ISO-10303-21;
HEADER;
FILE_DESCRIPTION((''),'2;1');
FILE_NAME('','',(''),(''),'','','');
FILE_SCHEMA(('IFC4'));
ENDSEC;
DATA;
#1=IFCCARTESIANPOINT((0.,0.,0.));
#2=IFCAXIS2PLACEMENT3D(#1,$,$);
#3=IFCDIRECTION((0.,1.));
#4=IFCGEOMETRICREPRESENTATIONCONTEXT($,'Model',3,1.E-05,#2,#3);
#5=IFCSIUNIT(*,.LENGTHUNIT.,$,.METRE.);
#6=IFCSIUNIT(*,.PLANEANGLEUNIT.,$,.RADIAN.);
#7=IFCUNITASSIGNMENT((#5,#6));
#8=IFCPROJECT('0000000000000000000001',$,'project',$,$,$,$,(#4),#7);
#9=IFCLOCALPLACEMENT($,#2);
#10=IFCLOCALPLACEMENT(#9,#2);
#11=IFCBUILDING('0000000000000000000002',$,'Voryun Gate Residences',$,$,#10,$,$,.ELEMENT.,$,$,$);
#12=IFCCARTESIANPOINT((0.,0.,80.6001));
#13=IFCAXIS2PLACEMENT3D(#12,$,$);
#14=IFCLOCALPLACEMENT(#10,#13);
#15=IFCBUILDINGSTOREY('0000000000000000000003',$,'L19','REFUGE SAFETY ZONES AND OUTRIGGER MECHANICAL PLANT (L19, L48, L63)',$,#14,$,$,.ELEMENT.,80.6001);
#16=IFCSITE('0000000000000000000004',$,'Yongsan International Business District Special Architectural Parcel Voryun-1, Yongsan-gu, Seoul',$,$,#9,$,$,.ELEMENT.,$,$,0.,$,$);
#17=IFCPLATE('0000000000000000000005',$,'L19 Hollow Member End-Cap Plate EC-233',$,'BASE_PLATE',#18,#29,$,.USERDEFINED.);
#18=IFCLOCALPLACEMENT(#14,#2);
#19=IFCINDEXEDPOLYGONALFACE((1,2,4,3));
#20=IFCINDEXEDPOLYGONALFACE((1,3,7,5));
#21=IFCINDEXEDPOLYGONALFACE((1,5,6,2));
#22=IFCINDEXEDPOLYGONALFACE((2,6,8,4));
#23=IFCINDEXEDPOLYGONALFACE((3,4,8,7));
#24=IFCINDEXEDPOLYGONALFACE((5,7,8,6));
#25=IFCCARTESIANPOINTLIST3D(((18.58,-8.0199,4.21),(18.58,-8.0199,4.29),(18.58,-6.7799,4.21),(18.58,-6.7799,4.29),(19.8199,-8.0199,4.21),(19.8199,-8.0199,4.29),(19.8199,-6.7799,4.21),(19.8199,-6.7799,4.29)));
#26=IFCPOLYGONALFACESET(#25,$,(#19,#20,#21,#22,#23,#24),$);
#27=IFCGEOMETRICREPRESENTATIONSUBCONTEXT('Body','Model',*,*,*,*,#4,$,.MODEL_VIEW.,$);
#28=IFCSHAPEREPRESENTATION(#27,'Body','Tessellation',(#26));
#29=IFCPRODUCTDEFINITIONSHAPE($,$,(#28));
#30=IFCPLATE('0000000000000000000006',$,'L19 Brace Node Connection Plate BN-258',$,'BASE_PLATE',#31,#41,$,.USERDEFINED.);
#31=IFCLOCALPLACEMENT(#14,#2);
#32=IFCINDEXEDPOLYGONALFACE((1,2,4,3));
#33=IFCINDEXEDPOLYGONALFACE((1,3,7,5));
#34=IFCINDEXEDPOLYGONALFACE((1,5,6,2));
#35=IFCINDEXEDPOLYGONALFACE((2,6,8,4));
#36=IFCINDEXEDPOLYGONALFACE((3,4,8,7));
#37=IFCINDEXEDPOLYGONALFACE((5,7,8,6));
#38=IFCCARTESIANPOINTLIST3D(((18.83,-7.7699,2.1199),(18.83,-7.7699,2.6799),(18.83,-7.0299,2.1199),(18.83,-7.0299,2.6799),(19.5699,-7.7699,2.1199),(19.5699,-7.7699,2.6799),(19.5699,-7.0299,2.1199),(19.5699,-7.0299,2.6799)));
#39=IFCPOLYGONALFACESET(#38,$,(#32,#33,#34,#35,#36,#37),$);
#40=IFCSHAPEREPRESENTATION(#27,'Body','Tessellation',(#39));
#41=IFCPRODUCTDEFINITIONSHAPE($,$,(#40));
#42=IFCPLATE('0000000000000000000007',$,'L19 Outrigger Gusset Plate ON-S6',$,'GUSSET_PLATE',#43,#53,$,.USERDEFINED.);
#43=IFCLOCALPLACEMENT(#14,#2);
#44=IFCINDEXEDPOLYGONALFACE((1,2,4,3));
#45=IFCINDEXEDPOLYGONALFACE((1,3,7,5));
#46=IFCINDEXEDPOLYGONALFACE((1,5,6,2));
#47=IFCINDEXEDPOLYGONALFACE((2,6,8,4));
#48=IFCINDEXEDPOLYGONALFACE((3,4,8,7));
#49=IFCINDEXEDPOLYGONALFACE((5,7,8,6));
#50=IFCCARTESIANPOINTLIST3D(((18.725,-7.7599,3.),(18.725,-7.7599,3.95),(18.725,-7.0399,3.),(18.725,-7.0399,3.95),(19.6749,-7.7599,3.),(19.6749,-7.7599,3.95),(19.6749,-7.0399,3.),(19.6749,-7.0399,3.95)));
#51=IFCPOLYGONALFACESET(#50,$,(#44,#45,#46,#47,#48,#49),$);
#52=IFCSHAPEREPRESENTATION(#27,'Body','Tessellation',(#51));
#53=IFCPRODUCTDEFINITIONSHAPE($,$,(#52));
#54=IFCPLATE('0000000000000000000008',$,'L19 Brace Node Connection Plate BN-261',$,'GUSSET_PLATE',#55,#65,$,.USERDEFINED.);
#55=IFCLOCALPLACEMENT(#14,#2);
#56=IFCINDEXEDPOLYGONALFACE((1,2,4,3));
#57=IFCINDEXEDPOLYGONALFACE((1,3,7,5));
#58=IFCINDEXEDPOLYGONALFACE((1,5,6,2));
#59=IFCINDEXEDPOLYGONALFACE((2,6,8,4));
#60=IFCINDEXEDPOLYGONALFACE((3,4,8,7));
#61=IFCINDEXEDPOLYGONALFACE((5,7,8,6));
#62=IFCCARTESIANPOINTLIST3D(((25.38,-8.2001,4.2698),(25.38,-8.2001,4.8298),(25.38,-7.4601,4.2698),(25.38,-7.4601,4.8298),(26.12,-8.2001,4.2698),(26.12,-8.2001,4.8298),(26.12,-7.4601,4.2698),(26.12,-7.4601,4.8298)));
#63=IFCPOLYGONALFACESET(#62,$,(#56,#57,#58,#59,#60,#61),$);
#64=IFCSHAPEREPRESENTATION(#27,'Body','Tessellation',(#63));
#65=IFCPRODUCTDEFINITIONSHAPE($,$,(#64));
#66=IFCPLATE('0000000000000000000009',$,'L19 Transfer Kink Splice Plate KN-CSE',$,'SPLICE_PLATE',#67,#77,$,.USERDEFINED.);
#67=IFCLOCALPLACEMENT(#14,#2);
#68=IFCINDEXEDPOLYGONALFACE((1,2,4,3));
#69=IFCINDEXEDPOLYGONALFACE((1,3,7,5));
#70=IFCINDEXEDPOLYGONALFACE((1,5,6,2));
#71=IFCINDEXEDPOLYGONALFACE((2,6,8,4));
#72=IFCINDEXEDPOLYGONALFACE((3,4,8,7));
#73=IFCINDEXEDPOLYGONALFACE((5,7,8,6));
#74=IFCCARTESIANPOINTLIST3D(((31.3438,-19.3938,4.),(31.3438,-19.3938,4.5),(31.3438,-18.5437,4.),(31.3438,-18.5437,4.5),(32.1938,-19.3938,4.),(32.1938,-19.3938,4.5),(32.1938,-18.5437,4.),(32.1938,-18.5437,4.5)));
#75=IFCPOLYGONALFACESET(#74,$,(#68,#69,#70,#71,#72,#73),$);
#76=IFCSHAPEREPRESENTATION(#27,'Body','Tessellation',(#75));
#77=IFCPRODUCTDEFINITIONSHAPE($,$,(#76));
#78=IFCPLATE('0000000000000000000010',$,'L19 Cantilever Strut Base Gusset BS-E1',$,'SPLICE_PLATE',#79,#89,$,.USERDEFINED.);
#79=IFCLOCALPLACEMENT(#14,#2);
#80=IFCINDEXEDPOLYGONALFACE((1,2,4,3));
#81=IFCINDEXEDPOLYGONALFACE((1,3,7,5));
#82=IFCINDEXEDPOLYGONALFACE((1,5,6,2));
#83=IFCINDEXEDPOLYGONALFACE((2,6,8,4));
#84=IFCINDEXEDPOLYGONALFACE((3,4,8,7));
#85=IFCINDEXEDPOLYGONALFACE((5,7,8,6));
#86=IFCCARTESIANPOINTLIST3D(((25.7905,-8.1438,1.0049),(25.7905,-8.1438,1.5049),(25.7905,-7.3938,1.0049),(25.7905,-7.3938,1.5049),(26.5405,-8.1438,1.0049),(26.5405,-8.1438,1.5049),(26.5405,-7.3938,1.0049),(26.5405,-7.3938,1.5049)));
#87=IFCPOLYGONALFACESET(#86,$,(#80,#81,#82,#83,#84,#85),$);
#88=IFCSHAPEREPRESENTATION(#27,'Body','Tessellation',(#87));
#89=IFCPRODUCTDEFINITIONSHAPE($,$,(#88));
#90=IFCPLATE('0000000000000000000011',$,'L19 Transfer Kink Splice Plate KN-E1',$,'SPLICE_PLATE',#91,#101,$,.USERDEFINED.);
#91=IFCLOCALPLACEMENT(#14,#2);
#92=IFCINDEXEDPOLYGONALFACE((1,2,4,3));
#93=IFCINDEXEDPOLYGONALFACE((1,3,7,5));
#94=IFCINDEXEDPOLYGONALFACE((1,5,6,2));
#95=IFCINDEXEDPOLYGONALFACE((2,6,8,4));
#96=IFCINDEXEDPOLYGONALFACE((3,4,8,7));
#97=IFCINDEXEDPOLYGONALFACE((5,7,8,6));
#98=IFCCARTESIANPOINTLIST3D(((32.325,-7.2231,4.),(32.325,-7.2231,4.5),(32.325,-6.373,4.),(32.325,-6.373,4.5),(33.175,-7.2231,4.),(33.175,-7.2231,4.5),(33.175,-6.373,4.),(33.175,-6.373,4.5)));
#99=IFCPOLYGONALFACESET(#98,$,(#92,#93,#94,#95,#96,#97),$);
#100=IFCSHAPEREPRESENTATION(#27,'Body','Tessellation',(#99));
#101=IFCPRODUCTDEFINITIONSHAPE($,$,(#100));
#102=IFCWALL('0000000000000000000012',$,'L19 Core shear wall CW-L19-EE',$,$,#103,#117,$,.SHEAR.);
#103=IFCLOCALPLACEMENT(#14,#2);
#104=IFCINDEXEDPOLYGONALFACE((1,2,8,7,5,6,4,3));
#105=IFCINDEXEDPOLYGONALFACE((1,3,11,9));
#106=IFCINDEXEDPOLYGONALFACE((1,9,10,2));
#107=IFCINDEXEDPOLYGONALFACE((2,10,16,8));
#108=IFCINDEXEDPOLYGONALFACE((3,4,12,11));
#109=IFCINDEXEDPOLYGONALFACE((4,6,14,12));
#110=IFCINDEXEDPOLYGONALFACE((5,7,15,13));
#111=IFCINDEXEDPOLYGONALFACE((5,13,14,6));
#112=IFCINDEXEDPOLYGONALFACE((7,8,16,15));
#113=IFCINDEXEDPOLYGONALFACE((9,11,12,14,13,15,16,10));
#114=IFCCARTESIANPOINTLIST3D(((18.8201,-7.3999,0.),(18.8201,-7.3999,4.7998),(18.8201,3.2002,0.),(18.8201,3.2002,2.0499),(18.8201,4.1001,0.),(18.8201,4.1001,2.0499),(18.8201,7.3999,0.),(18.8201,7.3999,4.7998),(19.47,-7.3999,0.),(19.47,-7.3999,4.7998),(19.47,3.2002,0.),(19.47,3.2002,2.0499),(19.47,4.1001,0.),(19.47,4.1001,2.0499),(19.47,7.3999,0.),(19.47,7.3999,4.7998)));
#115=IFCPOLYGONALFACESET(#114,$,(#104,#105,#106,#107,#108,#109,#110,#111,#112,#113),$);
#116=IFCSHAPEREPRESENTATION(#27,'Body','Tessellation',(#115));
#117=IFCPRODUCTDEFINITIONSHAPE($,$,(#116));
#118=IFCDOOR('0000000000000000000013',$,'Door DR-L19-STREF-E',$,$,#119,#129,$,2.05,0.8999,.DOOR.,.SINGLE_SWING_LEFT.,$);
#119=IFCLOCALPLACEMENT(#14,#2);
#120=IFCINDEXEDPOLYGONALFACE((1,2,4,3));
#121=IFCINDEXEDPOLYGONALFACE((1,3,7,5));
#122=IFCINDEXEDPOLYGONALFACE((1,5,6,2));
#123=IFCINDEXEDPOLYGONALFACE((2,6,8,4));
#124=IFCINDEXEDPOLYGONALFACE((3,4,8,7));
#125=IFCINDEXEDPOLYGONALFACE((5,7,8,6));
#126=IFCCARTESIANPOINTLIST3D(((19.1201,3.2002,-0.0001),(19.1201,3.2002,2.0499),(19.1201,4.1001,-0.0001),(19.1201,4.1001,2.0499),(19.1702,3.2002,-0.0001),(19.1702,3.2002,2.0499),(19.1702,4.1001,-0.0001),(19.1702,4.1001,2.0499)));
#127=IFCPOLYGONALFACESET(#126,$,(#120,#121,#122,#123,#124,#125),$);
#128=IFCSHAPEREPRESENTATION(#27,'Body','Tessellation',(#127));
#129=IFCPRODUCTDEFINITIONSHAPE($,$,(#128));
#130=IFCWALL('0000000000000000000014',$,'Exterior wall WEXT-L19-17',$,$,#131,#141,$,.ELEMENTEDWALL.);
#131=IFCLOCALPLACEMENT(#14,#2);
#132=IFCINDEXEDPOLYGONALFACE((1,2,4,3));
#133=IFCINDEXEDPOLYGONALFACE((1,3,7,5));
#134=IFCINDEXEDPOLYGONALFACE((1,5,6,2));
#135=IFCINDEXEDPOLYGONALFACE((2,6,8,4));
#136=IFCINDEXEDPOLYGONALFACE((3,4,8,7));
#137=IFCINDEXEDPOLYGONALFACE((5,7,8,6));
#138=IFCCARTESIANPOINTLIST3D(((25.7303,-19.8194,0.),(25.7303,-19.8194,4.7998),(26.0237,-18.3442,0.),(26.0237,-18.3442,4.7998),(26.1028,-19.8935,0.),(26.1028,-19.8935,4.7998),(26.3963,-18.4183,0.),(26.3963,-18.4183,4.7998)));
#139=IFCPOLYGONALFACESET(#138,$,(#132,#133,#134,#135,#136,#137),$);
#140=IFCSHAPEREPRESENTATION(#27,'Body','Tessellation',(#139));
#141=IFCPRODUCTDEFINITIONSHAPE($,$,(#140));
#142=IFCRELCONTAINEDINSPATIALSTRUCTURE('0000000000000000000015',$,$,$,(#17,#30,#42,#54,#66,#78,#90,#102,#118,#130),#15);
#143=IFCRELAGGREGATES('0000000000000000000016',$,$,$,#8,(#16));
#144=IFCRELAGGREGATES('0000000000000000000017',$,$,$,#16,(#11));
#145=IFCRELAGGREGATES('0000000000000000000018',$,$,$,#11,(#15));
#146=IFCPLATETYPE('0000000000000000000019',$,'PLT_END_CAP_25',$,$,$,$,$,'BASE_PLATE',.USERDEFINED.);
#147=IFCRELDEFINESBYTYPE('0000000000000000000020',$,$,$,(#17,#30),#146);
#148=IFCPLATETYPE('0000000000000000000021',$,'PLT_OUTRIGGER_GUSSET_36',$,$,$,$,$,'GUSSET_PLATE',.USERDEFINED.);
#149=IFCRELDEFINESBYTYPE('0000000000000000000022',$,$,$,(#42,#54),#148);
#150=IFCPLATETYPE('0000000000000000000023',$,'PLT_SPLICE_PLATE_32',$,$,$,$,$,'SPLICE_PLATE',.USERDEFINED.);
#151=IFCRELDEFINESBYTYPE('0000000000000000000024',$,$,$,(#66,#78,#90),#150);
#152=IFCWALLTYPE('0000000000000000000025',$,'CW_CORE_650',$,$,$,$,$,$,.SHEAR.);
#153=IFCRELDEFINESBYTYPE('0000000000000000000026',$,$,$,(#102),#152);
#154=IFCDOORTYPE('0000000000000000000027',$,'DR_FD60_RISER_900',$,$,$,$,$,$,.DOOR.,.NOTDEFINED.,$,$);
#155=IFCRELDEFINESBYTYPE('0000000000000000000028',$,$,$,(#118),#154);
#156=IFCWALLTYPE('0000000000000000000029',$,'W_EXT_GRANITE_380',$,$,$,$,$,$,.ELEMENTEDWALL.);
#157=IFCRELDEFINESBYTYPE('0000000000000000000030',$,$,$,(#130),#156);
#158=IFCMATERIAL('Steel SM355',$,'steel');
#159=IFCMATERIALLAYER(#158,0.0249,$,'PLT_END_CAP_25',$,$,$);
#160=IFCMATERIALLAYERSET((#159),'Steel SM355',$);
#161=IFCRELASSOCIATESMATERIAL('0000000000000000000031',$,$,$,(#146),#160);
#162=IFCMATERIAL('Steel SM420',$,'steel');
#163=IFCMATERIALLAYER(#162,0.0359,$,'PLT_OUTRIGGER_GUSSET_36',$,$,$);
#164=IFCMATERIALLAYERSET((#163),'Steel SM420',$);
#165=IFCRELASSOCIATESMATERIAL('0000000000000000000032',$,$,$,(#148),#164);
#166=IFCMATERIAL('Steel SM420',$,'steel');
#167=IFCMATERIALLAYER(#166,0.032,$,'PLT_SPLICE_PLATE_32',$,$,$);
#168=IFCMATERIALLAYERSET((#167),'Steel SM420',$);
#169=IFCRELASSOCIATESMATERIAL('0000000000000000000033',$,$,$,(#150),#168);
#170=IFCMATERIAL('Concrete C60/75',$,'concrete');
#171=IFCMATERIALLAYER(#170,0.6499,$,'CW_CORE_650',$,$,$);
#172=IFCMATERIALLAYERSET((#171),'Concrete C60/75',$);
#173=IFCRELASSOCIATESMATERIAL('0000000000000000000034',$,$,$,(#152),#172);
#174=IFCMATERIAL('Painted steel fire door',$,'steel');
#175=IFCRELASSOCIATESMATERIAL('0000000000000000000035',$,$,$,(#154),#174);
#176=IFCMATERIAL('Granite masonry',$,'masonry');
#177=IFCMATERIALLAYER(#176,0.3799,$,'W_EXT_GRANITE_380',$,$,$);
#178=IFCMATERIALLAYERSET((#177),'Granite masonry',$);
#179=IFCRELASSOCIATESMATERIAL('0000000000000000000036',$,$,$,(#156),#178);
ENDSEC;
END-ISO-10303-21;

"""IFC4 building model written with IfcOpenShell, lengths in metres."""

from ifc_helpers import new_model, si_unit, direction, frame, frame_2d, origin, origin_2d, place, context, subcontext, project, spatial, rectangle, extrude, material, layer, layer_set, type_object, element, fill, save


model = new_model("IFC4")

# Units and contexts
model_context = context("Model", 3, precision=1e-05, world=origin(), true_north=direction((0.0, 1.0)))
body_context = subcontext(model_context, "Body", "Model", "MODEL_VIEW")
ifc_project = project(units=[si_unit("LENGTHUNIT", "METRE"), si_unit("PLANEANGLEUNIT", "RADIAN")], contexts=[model_context])

# Site, building, storey
site_placement = place(None, origin())
site = spatial("IfcSite", under=ifc_project, at=site_placement, Name="Yongsan International Business District Special Architectural Parcel Voryun-1, Yongsan-gu, Seoul", CompositionType="ELEMENT", RefElevation=0.0)
building_placement = place(site_placement, origin())
building = spatial("IfcBuilding", under=site, at=building_placement, Name="Voryun Gate Residences", CompositionType="ELEMENT")
storey_placement = place(building_placement, frame((0.0, 0.0, 80.6001)))
storey = spatial("IfcBuildingStorey", under=building, at=storey_placement, Name="L19", Description="REFUGE SAFETY ZONES AND OUTRIGGER MECHANICAL PLANT (L19, L48, L63)", CompositionType="ELEMENT", Elevation=80.6001)

# Plates
ifc_material_1 = material(Name="Steel SM355", Category="steel")
ifc_layer_1 = layer(ifc_material_1, 0.0249, Name="PLT_END_CAP_25")
ifc_layer_set_1 = layer_set([ifc_layer_1], Name="Steel SM355")
plate_type_1 = type_object("IfcPlateType", Name="PLT_END_CAP_25", ElementType="BASE_PLATE", PredefinedType="USERDEFINED", material=ifc_layer_set_1)
for number, where, z_axis, x_axis, name in (
    (1, (19.2, -7.3999, 4.21), (0.0, 0.0, 1.0), (1.0, 0.0, 0.0), "L19 Hollow Member End-Cap Plate EC-233"),
):
    element("IfcPlate", number, at=place(storey_placement, frame(where, z_axis=z_axis, x_axis=x_axis)), inside=storey, type_object=plate_type_1, Name=name, ObjectType="BASE_PLATE", PredefinedType="USERDEFINED", context=body_context, shape_type="SweptSolid", body=[
        extrude(rectangle(XDim=1.24, YDim=1.24, at=origin_2d()), origin(), (0.0, 0.0, 1.0), 0.0801),
    ])
plate_1_placement = place(storey_placement, frame((19.2, -7.3999, 2.1199), z_axis=(0.0, 0.0, 1.0), x_axis=(1.0, 0.0, 0.0)))
element("IfcPlate", 2, at=plate_1_placement, inside=storey, type_object=plate_type_1, Name="L19 Brace Node Connection Plate BN-258", ObjectType="BASE_PLATE", PredefinedType="USERDEFINED", context=body_context, shape_type="SweptSolid", body=[
    extrude(rectangle(XDim=0.74, YDim=0.74, at=origin_2d()), origin(), (0.0, 0.0, 1.0), 0.5601),
])
ifc_material_2 = material(Name="Steel SM420", Category="steel")
ifc_layer_2 = layer(ifc_material_2, 0.0359, Name="PLT_OUTRIGGER_GUSSET_36")
ifc_layer_set_2 = layer_set([ifc_layer_2], Name="Steel SM420")
plate_type_2 = type_object("IfcPlateType", Name="PLT_OUTRIGGER_GUSSET_36", ElementType="GUSSET_PLATE", PredefinedType="USERDEFINED", material=ifc_layer_set_2)
plate_2_placement = place(storey_placement, frame((19.2, -7.3999, 3.0), z_axis=(0.0, 0.0, 1.0), x_axis=(1.0, 0.0, 0.0)))
element("IfcPlate", 3, at=plate_2_placement, inside=storey, type_object=plate_type_2, Name="L19 Outrigger Gusset Plate ON-S6", ObjectType="GUSSET_PLATE", PredefinedType="USERDEFINED", context=body_context, shape_type="SweptSolid", body=[
    extrude(rectangle(XDim=0.95, YDim=0.72, at=origin_2d()), origin(), (0.0, 0.0, 1.0), 0.95),
])
plate_3_placement = place(storey_placement, frame((25.75, -7.8301, 4.2698), z_axis=(0.0, 0.0, 1.0), x_axis=(1.0, 0.0, 0.0)))
element("IfcPlate", 4, at=plate_3_placement, inside=storey, type_object=plate_type_2, Name="L19 Brace Node Connection Plate BN-261", ObjectType="GUSSET_PLATE", PredefinedType="USERDEFINED", context=body_context, shape_type="SweptSolid", body=[
    extrude(rectangle(XDim=0.74, YDim=0.74, at=origin_2d()), origin(), (0.0, 0.0, 1.0), 0.5601),
])
ifc_material_3 = material(Name="Steel SM420", Category="steel")
ifc_layer_3 = layer(ifc_material_3, 0.032, Name="PLT_SPLICE_PLATE_32")
ifc_layer_set_3 = layer_set([ifc_layer_3], Name="Steel SM420")
plate_type_3 = type_object("IfcPlateType", Name="PLT_SPLICE_PLATE_32", ElementType="SPLICE_PLATE", PredefinedType="USERDEFINED", material=ifc_layer_set_3)
plate_4_placement = place(storey_placement, frame((31.7688, -18.9688, 4.0), z_axis=(0.0, 0.0, 1.0), x_axis=(1.0, 0.0, 0.0)))
element("IfcPlate", 5, at=plate_4_placement, inside=storey, type_object=plate_type_3, Name="L19 Transfer Kink Splice Plate KN-CSE", ObjectType="SPLICE_PLATE", PredefinedType="USERDEFINED", context=body_context, shape_type="SweptSolid", body=[
    extrude(rectangle(XDim=0.8501, YDim=0.8501, at=origin_2d()), origin(), (0.0, 0.0, 1.0), 0.5),
])
plate_5_placement = place(storey_placement, frame((26.1655, -7.7688, 1.0049), z_axis=(0.0, 0.0, 1.0), x_axis=(1.0, 0.0, 0.0)))
element("IfcPlate", 6, at=plate_5_placement, inside=storey, type_object=plate_type_3, Name="L19 Cantilever Strut Base Gusset BS-E1", ObjectType="SPLICE_PLATE", PredefinedType="USERDEFINED", context=body_context, shape_type="SweptSolid", body=[
    extrude(rectangle(XDim=0.75, YDim=0.75, at=origin_2d()), origin(), (0.0, 0.0, 1.0), 0.5),
])
plate_6_placement = place(storey_placement, frame((32.75, -6.7981, 4.0), z_axis=(0.0, 0.0, 1.0), x_axis=(1.0, 0.0, 0.0)))
element("IfcPlate", 7, at=plate_6_placement, inside=storey, type_object=plate_type_3, Name="L19 Transfer Kink Splice Plate KN-E1", ObjectType="SPLICE_PLATE", PredefinedType="USERDEFINED", context=body_context, shape_type="SweptSolid", body=[
    extrude(rectangle(XDim=0.8501, YDim=0.8501, at=origin_2d()), origin(), (0.0, 0.0, 1.0), 0.5),
])

# Wall, opening, door
ifc_material_4 = material(Name="Concrete C60/75", Category="concrete")
ifc_layer_4 = layer(ifc_material_4, 0.6499, Name="CW_CORE_650")
ifc_layer_set_4 = layer_set([ifc_layer_4], Name="Concrete C60/75")
wall_type_1 = type_object("IfcWallType", Name="CW_CORE_650", PredefinedType="SHEAR", material=ifc_layer_set_4)
wall_1_placement = place(storey_placement, frame((19.145, -7.3999, 0.0), z_axis=(0.0, 0.0, 1.0), x_axis=(0.0, 1.0, 0.0)))
wall_1 = element("IfcWall", 8, at=wall_1_placement, inside=storey, type_object=wall_type_1, Name="L19 Core shear wall CW-L19-EE", PredefinedType="SHEAR", context=body_context, shape_type="SweptSolid", body=[
    extrude(rectangle(XDim=14.7998, YDim=0.6499, at=frame_2d((7.3999, 0.0))), origin(), (0.0, 0.0, 1.0), 4.7998),
])
opening_placement = place(wall_1_placement, frame((10.6001, 0.0, 0.0)))
opening = element("IfcOpeningElement", 9, at=opening_placement, cuts=wall_1, PredefinedType="OPENING", context=body_context, shape_type="SweptSolid", body=[
    extrude(rectangle(XDim=0.8999, YDim=2.05, at=frame_2d((0.45, 1.0249))), frame((0.0, 0.335, 0.0), z_axis=(0.0, -1.0, 0.0), x_axis=(1.0, 0.0, 0.0)), (0.0, 0.0, 1.0), 0.6699),
])
ifc_material_5 = material(Name="Painted steel fire door", Category="steel")
door_type = type_object("IfcDoorType", Name="DR_FD60_RISER_900", OperationType="NOTDEFINED", PredefinedType="DOOR", material=ifc_material_5)
door_placement = place(opening_placement, origin())
door = element("IfcDoor", 10, at=door_placement, inside=storey, type_object=door_type, Name="Door DR-L19-STREF-E", OperationType="SINGLE_SWING_LEFT", OverallHeight=2.05, OverallWidth=0.8999, PredefinedType="DOOR", context=body_context, shape_type="SweptSolid", body=[
    extrude(rectangle(XDim=0.8999, YDim=2.05, at=frame_2d((0.45, 1.0249))), frame((0.0, 0.0249, 0.0), z_axis=(0.0, -1.0, 0.0), x_axis=(1.0, 0.0, 0.0)), (0.0, 0.0, 1.0), 0.05),
])
fill(opening, door)

# Wall
ifc_material_6 = material(Name="Granite masonry", Category="masonry")
ifc_layer_5 = layer(ifc_material_6, 0.3799, Name="W_EXT_GRANITE_380")
ifc_layer_set_5 = layer_set([ifc_layer_5], Name="Granite masonry")
wall_type_2 = type_object("IfcWallType", Name="W_EXT_GRANITE_380", PredefinedType="ELEMENTEDWALL", material=ifc_layer_set_5)
wall_2_placement = place(storey_placement, frame((26.21, -18.3813, 0.0), z_axis=(0.0, 0.0, 1.0), x_axis=(-0.195086, -0.980786, 0.0)))
element("IfcWall", 11, at=wall_2_placement, inside=storey, type_object=wall_type_2, Name="Exterior wall WEXT-L19-17", PredefinedType="ELEMENTEDWALL", context=body_context, shape_type="SweptSolid", body=[
    extrude(rectangle(XDim=1.5042, YDim=0.3799, at=frame_2d((0.752, 0.0))), origin(), (0.0, 0.0, 1.0), 4.7998),
])

save(model, "model.ifc")
